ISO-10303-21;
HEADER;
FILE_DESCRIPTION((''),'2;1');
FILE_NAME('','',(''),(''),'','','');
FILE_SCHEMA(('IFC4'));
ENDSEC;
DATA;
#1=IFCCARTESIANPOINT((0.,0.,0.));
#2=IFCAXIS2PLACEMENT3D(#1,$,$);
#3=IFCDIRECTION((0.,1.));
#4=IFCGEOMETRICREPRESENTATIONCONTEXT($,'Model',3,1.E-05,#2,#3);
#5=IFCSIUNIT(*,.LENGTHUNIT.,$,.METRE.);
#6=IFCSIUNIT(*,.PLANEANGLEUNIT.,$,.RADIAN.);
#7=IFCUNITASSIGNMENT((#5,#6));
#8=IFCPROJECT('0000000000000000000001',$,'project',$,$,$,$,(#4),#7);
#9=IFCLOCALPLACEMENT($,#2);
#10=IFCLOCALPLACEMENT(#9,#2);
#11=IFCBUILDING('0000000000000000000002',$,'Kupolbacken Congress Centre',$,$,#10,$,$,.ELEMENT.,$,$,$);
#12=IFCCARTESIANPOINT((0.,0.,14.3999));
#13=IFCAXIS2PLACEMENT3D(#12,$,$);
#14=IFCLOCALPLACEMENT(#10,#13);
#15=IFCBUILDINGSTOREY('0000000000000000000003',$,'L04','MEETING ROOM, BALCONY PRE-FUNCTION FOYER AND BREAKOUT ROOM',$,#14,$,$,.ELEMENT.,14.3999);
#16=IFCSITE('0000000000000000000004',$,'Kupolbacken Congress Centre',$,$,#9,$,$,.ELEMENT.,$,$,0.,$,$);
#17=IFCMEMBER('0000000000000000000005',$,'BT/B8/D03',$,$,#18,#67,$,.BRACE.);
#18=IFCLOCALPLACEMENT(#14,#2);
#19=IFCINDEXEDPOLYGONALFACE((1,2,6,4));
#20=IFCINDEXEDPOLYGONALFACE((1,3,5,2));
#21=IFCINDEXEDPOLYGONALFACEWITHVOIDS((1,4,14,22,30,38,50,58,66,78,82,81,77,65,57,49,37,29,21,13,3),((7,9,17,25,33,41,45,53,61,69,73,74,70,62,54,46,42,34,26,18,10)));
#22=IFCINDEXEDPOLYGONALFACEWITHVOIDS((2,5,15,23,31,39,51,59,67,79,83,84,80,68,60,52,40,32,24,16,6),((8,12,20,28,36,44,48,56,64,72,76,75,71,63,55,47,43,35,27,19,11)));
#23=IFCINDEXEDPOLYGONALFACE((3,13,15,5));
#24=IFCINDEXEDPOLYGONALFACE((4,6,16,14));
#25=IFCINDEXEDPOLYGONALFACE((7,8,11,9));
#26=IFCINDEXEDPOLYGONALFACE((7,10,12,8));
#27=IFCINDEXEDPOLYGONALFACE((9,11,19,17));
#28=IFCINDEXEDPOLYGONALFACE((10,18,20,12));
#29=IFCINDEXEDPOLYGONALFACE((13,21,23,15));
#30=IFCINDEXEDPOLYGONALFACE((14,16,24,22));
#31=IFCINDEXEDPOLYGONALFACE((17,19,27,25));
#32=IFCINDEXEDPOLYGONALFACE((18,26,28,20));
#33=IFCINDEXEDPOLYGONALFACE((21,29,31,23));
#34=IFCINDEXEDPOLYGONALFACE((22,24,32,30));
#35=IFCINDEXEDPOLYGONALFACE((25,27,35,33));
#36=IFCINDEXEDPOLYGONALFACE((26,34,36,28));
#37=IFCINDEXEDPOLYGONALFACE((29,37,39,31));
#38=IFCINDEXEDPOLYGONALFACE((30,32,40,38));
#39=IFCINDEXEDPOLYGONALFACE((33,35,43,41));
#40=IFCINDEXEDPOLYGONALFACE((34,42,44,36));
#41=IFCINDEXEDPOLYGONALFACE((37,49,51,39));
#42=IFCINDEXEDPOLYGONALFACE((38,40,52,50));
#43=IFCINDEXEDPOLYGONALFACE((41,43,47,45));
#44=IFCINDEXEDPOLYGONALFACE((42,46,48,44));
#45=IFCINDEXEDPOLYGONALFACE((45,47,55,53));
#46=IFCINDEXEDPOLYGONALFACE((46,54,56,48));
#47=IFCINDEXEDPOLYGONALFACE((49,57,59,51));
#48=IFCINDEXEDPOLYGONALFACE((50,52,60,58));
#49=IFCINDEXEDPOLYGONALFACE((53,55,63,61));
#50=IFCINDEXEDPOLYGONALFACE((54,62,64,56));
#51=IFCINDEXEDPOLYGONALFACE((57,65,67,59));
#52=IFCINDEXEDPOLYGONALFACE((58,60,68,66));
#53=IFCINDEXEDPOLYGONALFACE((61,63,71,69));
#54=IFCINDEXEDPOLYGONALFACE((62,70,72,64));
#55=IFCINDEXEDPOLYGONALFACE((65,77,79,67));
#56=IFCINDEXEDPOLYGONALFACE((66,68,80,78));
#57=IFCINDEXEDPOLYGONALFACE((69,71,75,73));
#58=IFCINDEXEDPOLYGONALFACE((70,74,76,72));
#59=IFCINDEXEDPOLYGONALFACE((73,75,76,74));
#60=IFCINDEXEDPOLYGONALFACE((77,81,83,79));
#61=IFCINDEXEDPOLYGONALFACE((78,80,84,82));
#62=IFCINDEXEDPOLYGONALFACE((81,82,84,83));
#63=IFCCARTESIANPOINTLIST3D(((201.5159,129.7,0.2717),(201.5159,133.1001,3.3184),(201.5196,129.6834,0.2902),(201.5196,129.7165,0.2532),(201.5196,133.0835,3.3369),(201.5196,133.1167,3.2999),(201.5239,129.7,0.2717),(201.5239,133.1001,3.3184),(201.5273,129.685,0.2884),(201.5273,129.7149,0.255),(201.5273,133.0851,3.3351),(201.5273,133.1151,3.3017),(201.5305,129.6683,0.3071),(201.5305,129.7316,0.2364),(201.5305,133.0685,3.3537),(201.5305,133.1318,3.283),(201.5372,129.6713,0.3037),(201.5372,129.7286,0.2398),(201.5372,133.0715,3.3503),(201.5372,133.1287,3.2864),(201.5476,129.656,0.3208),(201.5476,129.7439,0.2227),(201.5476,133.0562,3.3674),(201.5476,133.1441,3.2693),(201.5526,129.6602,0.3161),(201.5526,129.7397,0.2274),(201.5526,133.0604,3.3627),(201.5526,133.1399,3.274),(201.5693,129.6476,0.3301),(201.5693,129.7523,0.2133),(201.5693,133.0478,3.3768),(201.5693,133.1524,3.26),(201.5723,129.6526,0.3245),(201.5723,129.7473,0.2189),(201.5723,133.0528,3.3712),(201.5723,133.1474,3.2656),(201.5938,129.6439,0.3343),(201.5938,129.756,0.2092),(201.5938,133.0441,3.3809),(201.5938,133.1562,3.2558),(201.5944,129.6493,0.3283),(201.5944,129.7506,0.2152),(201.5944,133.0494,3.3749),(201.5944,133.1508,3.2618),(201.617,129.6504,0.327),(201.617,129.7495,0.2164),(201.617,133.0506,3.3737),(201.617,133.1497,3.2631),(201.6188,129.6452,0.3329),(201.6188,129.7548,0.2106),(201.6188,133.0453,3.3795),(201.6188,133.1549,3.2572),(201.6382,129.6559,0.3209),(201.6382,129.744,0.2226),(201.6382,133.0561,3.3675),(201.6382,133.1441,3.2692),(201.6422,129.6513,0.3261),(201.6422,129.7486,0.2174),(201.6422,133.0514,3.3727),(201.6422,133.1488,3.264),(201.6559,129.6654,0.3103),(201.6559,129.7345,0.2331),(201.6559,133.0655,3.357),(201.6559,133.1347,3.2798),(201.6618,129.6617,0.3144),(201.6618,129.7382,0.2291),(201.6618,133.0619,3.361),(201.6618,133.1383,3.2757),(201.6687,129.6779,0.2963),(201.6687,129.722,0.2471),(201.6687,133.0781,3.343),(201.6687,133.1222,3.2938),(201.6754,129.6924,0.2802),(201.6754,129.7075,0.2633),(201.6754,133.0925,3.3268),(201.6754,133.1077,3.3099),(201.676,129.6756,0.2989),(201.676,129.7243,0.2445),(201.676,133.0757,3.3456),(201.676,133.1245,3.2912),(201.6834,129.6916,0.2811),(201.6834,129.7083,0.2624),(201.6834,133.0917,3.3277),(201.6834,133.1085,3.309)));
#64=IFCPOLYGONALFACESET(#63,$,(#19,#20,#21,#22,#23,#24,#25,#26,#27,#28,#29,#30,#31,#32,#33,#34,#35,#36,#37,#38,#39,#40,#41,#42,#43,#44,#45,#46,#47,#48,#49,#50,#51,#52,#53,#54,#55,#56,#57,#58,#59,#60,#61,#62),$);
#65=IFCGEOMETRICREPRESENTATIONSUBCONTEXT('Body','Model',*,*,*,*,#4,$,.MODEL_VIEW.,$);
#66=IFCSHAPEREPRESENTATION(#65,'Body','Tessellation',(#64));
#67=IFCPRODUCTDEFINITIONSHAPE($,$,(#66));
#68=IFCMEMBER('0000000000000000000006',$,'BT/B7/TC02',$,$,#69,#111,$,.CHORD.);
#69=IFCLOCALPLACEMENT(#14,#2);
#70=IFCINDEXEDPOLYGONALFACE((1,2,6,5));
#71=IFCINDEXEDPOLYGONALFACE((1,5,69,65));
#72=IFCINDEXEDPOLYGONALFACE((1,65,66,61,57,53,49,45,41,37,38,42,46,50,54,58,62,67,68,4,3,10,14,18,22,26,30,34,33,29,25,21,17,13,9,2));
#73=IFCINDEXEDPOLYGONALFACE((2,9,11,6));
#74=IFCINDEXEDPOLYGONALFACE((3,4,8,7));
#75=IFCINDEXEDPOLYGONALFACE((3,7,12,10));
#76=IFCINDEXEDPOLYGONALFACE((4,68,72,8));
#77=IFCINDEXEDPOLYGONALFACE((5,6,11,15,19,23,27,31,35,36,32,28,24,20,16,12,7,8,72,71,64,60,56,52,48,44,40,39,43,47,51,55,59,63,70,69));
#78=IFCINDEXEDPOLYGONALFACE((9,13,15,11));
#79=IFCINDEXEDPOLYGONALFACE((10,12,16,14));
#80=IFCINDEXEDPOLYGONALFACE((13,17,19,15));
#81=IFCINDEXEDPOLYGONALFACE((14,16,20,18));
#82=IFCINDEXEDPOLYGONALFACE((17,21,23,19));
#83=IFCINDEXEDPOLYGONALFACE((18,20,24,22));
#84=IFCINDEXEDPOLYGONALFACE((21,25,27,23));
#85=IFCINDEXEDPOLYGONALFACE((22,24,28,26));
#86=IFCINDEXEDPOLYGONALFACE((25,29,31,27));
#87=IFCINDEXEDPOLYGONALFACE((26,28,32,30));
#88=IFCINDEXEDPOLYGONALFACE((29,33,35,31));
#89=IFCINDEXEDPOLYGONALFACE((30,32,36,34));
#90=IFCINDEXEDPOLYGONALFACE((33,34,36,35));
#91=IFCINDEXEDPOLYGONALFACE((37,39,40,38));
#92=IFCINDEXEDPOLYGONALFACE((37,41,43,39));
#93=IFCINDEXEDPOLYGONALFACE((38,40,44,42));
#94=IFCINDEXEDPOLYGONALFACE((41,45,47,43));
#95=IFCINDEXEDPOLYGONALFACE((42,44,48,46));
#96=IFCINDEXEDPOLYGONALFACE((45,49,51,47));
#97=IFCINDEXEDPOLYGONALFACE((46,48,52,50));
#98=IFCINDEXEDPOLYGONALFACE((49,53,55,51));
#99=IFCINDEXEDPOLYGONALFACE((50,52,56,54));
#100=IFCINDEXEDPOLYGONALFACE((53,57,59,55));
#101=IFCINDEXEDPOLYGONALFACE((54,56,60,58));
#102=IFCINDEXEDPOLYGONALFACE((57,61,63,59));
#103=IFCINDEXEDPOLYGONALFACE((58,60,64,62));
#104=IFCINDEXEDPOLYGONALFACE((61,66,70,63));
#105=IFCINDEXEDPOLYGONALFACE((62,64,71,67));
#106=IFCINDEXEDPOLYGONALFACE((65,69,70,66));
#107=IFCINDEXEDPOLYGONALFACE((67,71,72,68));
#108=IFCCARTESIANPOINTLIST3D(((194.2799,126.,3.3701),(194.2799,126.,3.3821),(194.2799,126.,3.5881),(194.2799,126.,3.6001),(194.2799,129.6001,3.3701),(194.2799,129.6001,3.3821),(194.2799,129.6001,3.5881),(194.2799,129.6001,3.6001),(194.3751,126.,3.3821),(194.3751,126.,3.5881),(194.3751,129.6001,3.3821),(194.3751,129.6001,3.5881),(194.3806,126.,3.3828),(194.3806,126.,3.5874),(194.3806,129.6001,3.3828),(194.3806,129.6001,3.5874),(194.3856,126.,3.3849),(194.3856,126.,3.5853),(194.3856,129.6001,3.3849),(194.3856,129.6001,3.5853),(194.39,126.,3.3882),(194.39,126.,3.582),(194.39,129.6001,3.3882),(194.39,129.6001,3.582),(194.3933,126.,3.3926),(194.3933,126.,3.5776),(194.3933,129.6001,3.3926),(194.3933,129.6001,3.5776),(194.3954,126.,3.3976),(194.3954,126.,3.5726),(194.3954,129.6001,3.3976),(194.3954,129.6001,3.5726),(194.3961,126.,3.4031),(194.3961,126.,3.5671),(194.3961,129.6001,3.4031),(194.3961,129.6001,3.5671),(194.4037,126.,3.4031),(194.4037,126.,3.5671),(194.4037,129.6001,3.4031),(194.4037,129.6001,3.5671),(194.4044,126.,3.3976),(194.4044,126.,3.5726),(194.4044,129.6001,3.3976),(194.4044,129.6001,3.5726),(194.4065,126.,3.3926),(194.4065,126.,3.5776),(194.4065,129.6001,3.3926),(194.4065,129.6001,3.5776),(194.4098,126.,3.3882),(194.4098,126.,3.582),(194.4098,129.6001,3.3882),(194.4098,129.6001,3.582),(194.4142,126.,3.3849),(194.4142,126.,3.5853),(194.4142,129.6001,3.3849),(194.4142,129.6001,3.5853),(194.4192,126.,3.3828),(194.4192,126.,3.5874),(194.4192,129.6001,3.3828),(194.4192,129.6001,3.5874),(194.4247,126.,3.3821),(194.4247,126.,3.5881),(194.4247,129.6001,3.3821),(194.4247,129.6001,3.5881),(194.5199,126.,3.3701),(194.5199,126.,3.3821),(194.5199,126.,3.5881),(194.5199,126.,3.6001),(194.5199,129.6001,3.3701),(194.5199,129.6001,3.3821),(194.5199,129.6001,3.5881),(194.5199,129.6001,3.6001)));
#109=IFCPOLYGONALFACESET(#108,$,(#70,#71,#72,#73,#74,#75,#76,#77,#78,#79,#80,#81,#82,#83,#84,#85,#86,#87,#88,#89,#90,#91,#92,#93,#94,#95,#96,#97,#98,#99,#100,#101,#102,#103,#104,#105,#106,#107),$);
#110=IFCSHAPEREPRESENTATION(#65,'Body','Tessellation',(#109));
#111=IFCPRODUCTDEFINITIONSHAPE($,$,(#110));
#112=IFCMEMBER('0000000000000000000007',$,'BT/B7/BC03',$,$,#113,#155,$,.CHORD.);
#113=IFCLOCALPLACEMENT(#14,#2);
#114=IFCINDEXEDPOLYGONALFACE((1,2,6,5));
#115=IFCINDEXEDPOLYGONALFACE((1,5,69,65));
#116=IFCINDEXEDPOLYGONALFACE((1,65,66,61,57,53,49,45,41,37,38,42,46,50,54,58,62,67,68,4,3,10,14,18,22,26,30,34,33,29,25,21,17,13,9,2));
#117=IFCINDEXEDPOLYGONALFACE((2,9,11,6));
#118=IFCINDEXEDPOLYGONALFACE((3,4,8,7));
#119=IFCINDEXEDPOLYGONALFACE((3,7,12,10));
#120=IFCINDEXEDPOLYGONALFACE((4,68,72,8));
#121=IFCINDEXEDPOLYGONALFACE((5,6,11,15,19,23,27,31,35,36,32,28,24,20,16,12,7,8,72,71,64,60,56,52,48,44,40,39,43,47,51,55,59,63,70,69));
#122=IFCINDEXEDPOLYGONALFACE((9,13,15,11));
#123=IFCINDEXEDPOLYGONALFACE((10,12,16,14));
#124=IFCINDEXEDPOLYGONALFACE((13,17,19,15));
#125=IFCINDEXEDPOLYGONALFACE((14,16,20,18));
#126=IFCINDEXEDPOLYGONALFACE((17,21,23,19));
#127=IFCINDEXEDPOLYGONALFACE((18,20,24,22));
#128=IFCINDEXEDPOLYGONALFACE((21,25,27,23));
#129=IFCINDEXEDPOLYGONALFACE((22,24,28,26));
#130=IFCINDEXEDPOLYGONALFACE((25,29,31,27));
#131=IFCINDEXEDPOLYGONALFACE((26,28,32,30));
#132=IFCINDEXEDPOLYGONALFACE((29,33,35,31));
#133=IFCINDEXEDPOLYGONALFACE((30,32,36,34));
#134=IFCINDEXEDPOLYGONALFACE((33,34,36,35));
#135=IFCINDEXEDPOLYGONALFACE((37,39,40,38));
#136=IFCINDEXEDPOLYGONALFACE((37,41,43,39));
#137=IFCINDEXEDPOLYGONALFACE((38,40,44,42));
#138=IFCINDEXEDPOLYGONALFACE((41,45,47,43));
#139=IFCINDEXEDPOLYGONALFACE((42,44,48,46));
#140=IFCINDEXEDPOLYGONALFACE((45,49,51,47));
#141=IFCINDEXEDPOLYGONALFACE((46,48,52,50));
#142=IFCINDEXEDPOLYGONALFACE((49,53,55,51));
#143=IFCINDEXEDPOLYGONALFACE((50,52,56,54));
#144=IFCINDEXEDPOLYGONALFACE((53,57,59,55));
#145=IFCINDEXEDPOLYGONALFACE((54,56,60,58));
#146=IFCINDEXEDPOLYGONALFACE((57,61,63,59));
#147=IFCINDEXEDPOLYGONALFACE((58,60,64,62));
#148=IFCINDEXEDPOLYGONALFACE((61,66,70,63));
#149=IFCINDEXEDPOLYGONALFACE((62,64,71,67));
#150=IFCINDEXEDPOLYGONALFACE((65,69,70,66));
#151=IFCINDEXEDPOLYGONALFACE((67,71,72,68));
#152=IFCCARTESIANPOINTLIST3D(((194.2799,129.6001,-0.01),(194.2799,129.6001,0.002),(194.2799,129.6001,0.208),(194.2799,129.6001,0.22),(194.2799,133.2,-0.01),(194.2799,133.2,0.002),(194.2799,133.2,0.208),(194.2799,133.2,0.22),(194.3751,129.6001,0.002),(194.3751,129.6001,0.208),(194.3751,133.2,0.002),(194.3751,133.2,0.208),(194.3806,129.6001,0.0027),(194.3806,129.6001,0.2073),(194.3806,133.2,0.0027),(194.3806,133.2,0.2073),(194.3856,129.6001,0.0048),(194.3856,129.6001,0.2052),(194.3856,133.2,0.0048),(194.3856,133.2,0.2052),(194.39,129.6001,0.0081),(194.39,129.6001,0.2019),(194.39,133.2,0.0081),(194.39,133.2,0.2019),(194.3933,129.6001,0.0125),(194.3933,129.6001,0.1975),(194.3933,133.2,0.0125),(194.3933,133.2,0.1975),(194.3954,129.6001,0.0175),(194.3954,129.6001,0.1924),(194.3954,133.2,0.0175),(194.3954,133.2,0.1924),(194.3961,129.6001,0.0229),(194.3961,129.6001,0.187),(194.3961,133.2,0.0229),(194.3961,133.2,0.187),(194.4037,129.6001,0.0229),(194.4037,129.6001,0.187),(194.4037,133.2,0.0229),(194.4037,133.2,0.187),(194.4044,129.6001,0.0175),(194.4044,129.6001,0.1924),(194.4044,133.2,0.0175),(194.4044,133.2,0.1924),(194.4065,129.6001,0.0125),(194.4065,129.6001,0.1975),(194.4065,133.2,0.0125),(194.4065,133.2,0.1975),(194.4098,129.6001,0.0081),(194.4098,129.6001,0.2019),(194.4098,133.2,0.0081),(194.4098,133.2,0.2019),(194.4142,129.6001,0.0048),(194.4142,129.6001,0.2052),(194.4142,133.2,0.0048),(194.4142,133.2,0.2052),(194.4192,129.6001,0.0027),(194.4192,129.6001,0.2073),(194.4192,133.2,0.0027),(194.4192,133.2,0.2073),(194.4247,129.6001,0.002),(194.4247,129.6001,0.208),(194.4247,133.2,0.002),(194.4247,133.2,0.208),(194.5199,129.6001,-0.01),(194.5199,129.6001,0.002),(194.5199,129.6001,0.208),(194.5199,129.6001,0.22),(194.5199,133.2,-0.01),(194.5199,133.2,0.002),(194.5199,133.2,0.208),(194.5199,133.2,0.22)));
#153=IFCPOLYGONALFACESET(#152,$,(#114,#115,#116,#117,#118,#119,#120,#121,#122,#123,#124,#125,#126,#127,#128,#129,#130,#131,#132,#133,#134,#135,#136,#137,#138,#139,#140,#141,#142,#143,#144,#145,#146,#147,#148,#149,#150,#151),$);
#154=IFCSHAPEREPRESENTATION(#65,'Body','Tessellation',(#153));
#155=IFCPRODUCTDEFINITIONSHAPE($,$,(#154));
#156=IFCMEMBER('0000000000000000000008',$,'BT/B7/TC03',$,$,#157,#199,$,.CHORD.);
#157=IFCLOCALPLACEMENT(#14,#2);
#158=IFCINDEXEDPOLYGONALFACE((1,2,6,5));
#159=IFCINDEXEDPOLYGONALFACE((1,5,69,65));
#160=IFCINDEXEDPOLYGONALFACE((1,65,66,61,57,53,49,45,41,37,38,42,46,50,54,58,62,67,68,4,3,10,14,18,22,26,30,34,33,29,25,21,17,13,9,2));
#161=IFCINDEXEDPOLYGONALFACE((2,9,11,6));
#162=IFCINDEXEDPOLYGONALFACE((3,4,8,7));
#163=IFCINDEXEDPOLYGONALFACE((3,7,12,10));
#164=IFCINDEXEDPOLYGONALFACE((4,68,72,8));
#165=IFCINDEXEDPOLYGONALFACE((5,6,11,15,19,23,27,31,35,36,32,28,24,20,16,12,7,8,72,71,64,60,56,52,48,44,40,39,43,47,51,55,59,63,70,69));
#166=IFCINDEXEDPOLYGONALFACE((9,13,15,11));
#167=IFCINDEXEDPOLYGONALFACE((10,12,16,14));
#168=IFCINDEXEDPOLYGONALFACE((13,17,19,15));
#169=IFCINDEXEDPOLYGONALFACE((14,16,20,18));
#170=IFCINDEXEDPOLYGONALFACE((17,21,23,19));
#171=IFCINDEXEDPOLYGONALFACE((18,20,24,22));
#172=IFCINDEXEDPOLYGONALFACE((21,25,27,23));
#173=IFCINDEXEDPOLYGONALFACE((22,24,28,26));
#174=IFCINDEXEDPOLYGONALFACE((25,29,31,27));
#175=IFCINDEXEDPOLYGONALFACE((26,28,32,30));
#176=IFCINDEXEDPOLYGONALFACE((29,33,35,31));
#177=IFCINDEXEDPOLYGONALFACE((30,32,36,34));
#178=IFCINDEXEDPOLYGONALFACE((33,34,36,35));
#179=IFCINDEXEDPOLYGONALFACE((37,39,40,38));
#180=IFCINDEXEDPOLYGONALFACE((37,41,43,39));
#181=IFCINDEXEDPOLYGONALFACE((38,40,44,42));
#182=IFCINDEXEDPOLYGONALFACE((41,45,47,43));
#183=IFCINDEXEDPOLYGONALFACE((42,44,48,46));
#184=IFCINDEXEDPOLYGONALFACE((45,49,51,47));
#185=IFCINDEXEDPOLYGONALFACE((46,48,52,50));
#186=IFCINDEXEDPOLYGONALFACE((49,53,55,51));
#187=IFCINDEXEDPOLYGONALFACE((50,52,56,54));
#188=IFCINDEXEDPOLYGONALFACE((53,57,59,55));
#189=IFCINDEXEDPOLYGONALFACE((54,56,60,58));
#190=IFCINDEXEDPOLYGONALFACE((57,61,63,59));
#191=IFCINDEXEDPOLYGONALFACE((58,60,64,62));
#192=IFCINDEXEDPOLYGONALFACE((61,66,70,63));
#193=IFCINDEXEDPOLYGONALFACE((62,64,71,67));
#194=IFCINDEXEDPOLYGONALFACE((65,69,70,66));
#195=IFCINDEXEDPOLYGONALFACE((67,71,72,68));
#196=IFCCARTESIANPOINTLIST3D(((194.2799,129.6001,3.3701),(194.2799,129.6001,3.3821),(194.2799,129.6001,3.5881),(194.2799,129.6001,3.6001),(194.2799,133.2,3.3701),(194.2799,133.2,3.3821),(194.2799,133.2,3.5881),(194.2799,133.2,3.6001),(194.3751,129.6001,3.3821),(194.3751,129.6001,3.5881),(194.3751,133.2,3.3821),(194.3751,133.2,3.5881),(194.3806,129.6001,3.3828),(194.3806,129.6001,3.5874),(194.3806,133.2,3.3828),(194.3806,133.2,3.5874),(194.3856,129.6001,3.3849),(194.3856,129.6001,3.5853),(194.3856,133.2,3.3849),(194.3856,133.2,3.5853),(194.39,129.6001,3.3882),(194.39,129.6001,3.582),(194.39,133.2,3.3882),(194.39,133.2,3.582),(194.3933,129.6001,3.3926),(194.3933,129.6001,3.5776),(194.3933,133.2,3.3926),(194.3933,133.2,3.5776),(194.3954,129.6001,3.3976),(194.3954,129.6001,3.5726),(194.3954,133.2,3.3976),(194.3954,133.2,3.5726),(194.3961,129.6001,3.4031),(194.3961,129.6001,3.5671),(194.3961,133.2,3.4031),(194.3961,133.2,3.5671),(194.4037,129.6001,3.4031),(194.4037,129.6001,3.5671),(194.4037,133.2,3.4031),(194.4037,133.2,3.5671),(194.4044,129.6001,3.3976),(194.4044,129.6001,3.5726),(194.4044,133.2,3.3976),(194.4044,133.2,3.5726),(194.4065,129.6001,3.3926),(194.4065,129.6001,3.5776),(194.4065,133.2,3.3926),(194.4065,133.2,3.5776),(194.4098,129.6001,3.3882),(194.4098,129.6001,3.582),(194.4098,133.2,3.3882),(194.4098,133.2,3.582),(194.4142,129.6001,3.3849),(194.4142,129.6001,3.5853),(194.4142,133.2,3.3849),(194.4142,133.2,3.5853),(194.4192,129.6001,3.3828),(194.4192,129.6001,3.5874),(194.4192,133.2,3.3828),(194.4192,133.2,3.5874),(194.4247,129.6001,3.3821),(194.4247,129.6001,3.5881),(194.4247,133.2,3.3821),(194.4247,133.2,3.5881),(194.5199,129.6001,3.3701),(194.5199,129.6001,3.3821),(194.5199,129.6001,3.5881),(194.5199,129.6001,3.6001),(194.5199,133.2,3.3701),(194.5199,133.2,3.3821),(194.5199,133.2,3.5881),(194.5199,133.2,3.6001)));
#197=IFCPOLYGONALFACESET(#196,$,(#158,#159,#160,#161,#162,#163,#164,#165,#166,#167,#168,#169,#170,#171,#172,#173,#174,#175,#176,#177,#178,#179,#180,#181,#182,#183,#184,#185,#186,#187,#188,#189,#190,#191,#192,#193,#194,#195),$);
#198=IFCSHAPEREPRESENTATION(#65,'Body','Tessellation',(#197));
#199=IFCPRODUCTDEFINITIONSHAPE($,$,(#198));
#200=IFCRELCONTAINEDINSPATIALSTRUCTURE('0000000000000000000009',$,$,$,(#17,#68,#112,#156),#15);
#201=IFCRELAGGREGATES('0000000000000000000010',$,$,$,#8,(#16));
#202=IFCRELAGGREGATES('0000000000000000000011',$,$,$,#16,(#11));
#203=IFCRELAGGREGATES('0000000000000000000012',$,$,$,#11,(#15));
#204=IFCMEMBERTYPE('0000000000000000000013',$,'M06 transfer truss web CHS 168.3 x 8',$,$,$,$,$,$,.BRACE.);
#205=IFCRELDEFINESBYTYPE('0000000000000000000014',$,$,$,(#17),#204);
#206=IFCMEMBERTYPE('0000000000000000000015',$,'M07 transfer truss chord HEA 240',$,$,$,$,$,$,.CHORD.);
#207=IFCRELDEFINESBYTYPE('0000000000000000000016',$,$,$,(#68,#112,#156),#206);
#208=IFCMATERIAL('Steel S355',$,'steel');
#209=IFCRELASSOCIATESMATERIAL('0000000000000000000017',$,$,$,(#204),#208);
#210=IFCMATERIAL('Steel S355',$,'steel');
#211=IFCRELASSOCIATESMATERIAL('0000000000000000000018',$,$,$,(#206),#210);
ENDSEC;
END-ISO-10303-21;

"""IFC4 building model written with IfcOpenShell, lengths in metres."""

from ifc_helpers import new_model, si_unit, direction, frame, origin, origin_2d, place, context, subcontext, project, spatial, hollow_circle, i_section, extrude, material, material_profile, profile_set, type_object, element, save


model = new_model("IFC4")

# Units and contexts
model_context = context("Model", 3, precision=1e-05, world=origin(), true_north=direction((0.0, 1.0)))
body_context = subcontext(model_context, "Body", "Model", "MODEL_VIEW")
ifc_project = project(units=[si_unit("LENGTHUNIT", "METRE"), si_unit("PLANEANGLEUNIT", "RADIAN")], contexts=[model_context])

# Site, building, storey
site_placement = place(None, origin())
site = spatial("IfcSite", under=ifc_project, at=site_placement, Name="Kupolbacken Congress Centre", CompositionType="ELEMENT", RefElevation=0.0)
building_placement = place(site_placement, origin())
building = spatial("IfcBuilding", under=site, at=building_placement, Name="Kupolbacken Congress Centre", CompositionType="ELEMENT")
storey_placement = place(building_placement, frame((0.0, 0.0, 14.3999)))
storey = spatial("IfcBuildingStorey", under=building, at=storey_placement, Name="L04", Description="MEETING ROOM, BALCONY PRE-FUNCTION FOYER AND BREAKOUT ROOM", CompositionType="ELEMENT", Elevation=14.3999)

# Members
ifc_material_1 = material(Name="Steel S355", Category="steel")
ifc_material_profile_1 = material_profile(ifc_material_1, hollow_circle(Radius=0.0842, WallThickness=0.0081, at=origin_2d()), Name="CHS 168.3 x 8")
ifc_profile_set_1 = profile_set([ifc_material_profile_1], Name="Steel S355")
member_type_1 = type_object("IfcMemberType", Name="M06 transfer truss web CHS 168.3 x 8", PredefinedType="BRACE", material=ifc_profile_set_1)
for number, where, z_axis, x_axis, name in (
    (1, (201.6001, 129.7, 0.2717), (0.0, 0.744763, 0.667329), (-1.0, 0.0, 0.0), "BT/B8/D03"),
):
    element("IfcMember", number, at=place(storey_placement, frame(where, z_axis=z_axis, x_axis=x_axis)), inside=storey, type_object=member_type_1, Name=name, PredefinedType="BRACE", context=body_context, shape_type="SweptSolid", body=[
        extrude(hollow_circle(Radius=0.0842, WallThickness=0.0081, at=origin_2d()), origin(), (0.0, 0.0, 1.0), 4.5654),
    ])
ifc_material_2 = material(Name="Steel S355", Category="steel")
ifc_material_profile_2 = material_profile(ifc_material_2, i_section(OverallWidth=0.24, OverallDepth=0.23, WebThickness=0.0076, FlangeThickness=0.012, FilletRadius=0.021, at=origin_2d()), Name="HEA 240")
ifc_profile_set_2 = profile_set([ifc_material_profile_2], Name="Steel S355")
member_type_2 = type_object("IfcMemberType", Name="M07 transfer truss chord HEA 240", PredefinedType="CHORD", material=ifc_profile_set_2)
member_placement = place(storey_placement, frame((194.3999, 126.0, 3.4851), z_axis=(0.0, 1.0, 0.0), x_axis=(-1.0, 0.0, 0.0)))
element("IfcMember", 2, at=member_placement, inside=storey, type_object=member_type_2, Name="BT/B7/TC02", PredefinedType="CHORD", context=body_context, shape_type="SweptSolid", body=[
    extrude(i_section(OverallWidth=0.24, OverallDepth=0.23, WebThickness=0.0076, FlangeThickness=0.012, FilletRadius=0.021, at=origin_2d()), origin(), (0.0, 0.0, 1.0), 3.6001),
])
for number, where, z_axis, x_axis, name in (
    (3, (194.3999, 129.6001, 0.105), (0.0, 1.0, 0.0), (-1.0, 0.0, 0.0), "BT/B7/BC03"),
    (4, (194.3999, 129.6001, 3.4851), (0.0, 1.0, 0.0), (-1.0, 0.0, 0.0), "BT/B7/TC03"),
):
    element("IfcMember", number, at=place(storey_placement, frame(where, z_axis=z_axis, x_axis=x_axis)), inside=storey, type_object=member_type_2, Name=name, PredefinedType="CHORD", context=body_context, shape_type="SweptSolid", body=[
        extrude(i_section(OverallWidth=0.24, OverallDepth=0.23, WebThickness=0.0076, FlangeThickness=0.012, FilletRadius=0.021, at=origin_2d()), origin(), (0.0, 0.0, 1.0), 3.5999),
    ])

save(model, "model.ifc")
